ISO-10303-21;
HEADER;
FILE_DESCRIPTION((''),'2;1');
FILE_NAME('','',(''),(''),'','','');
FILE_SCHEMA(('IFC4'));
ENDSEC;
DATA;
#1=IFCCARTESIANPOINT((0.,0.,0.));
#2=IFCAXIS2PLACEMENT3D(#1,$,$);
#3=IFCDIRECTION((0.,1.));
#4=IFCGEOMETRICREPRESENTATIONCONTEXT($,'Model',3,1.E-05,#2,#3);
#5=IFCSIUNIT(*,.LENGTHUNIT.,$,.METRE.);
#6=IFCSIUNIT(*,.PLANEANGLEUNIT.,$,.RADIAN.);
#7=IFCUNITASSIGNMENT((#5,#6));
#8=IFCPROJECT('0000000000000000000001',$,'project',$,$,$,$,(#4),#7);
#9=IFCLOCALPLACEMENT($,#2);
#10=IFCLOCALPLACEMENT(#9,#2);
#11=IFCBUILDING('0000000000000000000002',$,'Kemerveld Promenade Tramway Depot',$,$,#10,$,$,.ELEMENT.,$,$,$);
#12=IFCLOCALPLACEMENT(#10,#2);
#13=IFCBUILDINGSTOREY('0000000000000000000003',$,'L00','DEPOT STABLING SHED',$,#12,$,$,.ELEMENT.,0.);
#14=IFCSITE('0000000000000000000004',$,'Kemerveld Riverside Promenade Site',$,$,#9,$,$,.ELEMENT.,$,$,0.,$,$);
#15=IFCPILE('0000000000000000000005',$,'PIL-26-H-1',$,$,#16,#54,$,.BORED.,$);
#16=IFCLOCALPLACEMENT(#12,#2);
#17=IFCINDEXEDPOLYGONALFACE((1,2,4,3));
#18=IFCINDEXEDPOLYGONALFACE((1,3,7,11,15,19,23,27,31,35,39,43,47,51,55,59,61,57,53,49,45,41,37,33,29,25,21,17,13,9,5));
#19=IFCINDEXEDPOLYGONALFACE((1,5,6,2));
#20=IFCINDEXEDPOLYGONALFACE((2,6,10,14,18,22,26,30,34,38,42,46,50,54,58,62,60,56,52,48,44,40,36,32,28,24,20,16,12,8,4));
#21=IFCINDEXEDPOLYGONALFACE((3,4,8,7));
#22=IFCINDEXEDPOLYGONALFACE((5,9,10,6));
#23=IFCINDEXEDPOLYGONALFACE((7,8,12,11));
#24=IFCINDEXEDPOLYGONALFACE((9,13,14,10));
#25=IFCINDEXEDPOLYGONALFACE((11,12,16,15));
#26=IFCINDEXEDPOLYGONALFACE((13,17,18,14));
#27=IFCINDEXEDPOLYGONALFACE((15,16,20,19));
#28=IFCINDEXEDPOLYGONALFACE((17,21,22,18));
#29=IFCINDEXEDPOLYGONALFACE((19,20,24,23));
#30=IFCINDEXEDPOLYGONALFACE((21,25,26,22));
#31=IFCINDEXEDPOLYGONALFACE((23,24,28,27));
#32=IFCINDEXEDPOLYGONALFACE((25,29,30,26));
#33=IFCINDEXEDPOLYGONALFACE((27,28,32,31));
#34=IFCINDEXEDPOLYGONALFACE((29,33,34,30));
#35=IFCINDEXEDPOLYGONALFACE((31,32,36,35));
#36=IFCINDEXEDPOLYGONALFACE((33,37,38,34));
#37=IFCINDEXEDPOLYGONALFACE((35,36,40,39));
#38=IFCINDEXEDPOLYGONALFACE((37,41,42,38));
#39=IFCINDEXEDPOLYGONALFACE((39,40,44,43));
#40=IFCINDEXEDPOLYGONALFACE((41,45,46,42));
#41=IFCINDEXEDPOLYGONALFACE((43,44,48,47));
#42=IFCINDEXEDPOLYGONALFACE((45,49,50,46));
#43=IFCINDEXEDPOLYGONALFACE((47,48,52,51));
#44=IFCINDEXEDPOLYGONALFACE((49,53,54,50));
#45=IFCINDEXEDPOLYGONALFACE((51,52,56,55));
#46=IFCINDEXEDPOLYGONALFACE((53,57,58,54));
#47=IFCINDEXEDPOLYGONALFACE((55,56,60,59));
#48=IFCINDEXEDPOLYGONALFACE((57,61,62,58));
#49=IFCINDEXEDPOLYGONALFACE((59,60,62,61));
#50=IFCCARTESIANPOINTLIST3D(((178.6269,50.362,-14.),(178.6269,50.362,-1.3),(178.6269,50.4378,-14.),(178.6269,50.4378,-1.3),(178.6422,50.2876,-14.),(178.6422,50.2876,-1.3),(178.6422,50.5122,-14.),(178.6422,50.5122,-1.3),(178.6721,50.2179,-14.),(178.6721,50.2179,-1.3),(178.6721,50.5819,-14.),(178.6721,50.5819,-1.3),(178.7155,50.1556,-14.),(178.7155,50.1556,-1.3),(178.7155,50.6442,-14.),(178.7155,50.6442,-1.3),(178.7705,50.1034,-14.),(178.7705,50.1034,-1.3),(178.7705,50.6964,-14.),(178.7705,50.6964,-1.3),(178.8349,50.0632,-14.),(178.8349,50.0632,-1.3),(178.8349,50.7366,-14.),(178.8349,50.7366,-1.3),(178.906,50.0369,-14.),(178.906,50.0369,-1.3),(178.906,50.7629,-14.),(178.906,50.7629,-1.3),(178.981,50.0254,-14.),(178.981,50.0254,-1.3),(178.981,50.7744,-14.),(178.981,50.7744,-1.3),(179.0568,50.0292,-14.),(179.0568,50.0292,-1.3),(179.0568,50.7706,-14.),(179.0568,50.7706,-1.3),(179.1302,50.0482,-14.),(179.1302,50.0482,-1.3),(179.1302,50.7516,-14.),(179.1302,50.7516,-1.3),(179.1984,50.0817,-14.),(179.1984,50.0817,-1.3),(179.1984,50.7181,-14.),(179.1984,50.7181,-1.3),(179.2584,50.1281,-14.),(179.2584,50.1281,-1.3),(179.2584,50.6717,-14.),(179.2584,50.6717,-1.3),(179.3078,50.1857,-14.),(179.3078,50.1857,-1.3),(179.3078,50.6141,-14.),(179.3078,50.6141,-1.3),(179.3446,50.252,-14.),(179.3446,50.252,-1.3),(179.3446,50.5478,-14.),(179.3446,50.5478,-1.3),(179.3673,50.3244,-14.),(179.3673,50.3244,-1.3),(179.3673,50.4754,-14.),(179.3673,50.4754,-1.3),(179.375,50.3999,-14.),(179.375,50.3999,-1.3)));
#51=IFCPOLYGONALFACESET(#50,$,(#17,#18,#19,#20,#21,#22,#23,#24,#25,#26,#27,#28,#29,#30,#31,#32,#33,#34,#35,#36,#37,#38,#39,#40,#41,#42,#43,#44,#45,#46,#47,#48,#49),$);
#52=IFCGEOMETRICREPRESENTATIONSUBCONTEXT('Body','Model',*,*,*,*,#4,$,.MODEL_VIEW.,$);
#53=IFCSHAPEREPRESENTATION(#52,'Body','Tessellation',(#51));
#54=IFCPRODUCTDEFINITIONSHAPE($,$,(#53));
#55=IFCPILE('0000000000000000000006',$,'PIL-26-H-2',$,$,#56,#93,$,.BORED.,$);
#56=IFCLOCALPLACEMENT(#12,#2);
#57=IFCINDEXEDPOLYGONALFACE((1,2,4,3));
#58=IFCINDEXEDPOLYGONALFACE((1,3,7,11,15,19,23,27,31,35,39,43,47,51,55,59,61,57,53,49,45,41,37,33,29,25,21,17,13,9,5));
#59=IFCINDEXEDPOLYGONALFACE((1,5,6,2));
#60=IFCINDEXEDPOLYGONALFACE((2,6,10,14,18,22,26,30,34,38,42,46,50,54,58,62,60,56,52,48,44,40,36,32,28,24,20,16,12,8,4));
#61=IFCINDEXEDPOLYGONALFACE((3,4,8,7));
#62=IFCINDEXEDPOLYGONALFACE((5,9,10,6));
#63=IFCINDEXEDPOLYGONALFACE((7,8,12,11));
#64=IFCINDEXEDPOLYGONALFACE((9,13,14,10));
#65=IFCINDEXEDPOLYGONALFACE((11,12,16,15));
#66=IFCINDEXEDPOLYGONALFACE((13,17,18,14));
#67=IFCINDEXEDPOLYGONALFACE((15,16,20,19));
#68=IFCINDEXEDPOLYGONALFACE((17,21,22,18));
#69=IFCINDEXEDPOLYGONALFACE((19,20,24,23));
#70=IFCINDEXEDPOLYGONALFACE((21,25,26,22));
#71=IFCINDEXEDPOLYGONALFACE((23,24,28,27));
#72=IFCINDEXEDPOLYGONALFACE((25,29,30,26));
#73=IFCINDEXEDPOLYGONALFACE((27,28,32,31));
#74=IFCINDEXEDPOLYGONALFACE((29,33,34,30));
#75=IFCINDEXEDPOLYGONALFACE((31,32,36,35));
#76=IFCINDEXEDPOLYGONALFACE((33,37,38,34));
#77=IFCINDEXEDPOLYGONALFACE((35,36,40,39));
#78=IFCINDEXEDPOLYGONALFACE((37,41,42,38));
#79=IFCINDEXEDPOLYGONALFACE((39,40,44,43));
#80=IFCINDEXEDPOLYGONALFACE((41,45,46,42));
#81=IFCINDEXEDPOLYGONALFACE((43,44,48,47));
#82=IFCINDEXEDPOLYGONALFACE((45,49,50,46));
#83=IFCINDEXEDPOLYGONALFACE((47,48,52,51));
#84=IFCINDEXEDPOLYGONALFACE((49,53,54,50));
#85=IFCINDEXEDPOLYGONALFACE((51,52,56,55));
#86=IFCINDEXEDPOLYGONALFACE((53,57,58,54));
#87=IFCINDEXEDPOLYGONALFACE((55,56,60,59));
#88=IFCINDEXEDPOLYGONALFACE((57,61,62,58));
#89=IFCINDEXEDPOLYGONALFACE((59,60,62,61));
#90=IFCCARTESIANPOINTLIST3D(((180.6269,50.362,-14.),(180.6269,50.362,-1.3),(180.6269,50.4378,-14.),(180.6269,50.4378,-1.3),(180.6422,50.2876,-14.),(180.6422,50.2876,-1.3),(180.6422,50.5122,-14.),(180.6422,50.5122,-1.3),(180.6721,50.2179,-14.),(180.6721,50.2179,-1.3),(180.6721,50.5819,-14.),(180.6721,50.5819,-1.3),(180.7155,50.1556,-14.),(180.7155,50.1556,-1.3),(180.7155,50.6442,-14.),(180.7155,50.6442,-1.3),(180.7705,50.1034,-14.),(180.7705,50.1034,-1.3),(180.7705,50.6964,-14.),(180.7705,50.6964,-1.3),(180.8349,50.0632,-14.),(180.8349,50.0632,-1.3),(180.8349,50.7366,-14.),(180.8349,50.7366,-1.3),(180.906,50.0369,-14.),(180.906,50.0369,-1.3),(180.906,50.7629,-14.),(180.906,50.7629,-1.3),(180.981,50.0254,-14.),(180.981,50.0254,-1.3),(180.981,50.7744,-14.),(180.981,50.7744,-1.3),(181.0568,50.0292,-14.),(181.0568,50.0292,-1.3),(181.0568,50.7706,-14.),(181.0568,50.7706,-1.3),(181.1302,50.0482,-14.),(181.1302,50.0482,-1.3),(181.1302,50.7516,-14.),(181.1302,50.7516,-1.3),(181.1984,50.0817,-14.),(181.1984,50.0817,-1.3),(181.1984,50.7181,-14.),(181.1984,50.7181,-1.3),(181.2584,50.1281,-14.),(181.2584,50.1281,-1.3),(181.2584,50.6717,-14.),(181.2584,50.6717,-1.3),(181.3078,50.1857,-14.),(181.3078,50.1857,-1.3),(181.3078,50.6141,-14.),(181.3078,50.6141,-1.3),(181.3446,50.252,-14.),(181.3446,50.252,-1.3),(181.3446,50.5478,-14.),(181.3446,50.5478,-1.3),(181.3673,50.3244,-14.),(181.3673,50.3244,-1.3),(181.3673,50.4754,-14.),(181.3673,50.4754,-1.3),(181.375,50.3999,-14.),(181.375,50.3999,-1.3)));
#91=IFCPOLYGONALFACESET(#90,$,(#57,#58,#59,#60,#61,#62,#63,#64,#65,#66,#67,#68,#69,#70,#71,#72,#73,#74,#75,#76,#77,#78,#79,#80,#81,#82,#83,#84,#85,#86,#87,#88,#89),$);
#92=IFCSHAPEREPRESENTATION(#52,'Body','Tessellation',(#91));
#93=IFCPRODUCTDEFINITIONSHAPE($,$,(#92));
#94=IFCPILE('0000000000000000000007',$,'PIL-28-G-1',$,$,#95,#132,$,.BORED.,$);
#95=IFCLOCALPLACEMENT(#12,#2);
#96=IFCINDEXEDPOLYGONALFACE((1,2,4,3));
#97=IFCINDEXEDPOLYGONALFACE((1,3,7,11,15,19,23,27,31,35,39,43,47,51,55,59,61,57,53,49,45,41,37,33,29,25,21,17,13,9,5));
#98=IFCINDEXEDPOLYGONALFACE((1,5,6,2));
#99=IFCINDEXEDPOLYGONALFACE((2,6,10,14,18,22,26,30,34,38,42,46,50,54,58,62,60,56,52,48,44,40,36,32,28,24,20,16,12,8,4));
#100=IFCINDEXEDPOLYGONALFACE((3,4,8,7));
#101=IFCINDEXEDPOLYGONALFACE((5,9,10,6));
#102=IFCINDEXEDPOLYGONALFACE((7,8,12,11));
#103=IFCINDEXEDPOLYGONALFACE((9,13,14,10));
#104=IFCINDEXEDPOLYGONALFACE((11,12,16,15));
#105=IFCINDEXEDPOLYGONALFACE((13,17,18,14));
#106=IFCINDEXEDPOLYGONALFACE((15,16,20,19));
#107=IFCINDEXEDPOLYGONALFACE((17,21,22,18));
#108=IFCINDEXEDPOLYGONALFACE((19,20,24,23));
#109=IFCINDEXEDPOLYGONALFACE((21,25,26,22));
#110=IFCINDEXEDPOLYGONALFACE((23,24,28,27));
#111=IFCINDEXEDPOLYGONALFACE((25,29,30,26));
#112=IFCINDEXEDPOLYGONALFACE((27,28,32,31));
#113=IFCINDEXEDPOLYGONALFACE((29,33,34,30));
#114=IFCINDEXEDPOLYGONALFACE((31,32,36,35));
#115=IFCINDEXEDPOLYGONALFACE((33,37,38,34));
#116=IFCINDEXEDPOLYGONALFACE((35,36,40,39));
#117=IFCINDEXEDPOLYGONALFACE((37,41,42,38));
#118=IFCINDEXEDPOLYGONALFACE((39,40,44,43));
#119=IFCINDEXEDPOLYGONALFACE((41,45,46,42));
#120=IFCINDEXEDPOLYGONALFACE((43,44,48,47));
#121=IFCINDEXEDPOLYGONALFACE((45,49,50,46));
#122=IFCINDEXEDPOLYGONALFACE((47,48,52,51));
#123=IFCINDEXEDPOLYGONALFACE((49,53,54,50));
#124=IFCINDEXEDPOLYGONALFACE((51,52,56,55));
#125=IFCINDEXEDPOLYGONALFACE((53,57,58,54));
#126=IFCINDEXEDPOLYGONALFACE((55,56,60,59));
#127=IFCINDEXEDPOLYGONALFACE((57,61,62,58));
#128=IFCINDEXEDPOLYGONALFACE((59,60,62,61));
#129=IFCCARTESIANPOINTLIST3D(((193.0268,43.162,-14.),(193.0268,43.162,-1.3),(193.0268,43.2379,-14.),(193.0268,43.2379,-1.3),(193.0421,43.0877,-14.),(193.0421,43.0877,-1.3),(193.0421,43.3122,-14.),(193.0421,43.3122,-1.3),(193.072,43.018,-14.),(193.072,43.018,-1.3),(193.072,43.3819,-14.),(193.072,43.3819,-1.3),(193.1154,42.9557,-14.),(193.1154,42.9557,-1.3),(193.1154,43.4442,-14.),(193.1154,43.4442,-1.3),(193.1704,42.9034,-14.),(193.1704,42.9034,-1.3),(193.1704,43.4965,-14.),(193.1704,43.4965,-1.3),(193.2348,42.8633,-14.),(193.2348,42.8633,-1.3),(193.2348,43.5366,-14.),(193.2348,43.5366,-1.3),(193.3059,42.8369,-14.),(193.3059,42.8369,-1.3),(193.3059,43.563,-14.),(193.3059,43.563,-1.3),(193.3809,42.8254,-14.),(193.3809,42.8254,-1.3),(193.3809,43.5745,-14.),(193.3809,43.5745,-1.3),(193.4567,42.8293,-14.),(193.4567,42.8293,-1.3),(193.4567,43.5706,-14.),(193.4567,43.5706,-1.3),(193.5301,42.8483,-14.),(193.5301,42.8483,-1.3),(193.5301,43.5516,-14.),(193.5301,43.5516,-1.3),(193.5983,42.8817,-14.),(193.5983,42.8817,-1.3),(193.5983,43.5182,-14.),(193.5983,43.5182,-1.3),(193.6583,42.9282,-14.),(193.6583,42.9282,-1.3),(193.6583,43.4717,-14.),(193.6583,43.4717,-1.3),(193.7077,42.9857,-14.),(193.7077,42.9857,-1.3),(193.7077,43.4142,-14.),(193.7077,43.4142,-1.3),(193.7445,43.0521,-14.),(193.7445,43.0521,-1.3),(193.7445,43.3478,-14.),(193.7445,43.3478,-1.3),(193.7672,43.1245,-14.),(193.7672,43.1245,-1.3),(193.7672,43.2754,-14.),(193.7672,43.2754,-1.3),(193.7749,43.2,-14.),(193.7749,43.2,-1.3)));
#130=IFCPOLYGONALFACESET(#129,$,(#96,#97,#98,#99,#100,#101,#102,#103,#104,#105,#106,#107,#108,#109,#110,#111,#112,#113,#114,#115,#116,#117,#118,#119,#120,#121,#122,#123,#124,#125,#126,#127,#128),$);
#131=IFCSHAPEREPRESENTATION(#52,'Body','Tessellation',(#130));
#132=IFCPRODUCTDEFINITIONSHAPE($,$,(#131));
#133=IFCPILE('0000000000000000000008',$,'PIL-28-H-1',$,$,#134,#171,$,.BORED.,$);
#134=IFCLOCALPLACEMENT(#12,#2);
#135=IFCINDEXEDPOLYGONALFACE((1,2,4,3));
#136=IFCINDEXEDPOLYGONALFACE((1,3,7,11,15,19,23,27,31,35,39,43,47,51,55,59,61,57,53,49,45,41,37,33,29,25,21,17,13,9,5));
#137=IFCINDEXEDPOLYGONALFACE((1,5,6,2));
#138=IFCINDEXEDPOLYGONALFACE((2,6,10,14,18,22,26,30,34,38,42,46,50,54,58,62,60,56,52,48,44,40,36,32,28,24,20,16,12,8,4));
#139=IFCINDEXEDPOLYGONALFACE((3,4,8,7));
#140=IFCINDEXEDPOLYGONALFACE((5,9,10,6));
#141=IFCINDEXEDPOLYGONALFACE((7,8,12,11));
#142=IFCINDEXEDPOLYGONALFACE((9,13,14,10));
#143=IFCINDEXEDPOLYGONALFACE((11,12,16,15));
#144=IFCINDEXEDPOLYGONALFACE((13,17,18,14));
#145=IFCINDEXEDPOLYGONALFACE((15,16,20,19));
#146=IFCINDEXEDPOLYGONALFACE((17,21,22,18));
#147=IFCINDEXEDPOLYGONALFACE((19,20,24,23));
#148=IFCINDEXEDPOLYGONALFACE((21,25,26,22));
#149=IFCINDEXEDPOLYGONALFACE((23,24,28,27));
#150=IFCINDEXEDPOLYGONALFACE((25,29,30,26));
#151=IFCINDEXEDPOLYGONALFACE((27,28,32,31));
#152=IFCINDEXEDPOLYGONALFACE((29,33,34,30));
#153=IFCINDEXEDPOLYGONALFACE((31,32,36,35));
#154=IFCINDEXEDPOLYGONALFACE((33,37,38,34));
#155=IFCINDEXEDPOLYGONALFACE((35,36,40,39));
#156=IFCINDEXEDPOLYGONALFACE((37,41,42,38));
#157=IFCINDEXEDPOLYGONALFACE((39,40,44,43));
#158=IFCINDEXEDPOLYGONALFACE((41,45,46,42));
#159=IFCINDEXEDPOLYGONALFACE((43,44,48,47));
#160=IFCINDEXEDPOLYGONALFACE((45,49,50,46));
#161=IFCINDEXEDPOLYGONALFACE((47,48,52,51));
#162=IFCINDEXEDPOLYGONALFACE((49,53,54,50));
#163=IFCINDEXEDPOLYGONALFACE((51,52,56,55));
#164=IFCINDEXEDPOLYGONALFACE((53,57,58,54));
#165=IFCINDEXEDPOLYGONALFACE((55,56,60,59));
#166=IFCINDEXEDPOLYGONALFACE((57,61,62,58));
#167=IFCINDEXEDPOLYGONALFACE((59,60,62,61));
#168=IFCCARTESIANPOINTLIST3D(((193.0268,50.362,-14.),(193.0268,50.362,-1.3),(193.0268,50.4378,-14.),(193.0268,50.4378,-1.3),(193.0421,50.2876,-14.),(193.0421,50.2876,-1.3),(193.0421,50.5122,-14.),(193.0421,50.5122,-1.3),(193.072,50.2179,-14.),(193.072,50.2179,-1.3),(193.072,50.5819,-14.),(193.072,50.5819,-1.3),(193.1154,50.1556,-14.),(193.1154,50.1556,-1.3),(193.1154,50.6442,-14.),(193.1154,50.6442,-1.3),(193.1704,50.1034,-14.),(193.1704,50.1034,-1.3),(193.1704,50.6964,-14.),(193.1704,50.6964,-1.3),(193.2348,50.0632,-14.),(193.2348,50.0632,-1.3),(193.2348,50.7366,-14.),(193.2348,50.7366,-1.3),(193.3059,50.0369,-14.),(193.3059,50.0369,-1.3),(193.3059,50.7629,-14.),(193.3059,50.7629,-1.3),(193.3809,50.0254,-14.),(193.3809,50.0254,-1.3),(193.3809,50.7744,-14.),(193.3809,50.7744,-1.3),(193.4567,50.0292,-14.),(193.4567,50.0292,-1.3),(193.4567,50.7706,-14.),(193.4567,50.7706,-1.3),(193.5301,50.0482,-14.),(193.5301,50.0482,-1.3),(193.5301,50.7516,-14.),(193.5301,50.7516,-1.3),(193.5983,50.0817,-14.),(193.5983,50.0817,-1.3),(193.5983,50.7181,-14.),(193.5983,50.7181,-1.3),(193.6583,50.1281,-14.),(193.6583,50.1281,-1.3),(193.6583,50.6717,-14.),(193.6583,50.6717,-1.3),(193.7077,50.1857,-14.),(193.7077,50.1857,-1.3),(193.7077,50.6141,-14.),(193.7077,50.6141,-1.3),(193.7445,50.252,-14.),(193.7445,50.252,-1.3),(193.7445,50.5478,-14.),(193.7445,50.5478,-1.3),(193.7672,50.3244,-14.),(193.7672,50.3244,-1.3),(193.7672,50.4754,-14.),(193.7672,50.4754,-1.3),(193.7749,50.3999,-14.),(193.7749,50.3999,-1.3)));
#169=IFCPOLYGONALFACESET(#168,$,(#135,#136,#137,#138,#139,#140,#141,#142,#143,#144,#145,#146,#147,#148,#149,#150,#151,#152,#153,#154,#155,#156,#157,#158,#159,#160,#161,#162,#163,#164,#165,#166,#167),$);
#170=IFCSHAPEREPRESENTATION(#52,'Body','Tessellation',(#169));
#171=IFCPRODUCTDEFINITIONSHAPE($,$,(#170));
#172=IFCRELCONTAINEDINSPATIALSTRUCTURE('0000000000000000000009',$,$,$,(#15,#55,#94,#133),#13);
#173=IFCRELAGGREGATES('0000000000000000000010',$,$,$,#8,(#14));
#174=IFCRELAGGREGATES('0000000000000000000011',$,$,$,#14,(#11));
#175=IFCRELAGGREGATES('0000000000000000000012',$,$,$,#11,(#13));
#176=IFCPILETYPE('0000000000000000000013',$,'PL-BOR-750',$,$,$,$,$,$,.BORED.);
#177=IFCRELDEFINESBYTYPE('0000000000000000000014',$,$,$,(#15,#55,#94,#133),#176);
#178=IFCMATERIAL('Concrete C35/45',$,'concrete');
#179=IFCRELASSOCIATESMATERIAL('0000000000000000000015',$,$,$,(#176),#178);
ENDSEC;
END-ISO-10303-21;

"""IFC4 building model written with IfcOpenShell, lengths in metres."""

from ifc_helpers import new_model, si_unit, direction, frame, origin, origin_2d, place, context, subcontext, project, spatial, circle, extrude, material, material_profile, profile_set, type_object, element, save


model = new_model("IFC4")

# Units and contexts
model_context = context("Model", 3, precision=1e-05, world=origin(), true_north=direction((0.0, 1.0)))
body_context = subcontext(model_context, "Body", "Model", "MODEL_VIEW")
ifc_project = project(units=[si_unit("LENGTHUNIT", "METRE"), si_unit("PLANEANGLEUNIT", "RADIAN")], contexts=[model_context])

# Site, building, storey
site_placement = place(None, origin())
site = spatial("IfcSite", under=ifc_project, at=site_placement, Name="Kemerveld Riverside Promenade Site", CompositionType="ELEMENT", RefElevation=0.0)
building_placement = place(site_placement, origin())
building = spatial("IfcBuilding", under=site, at=building_placement, Name="Kemerveld Promenade Tramway Depot", CompositionType="ELEMENT")
storey_placement = place(building_placement, origin())
storey = spatial("IfcBuildingStorey", under=building, at=storey_placement, Name="L00", Description="DEPOT STABLING SHED", CompositionType="ELEMENT", Elevation=0.0)

# Shared definitions
ifc_material_1 = material(Name="Concrete C35/45", Category="concrete")

# Piles
ifc_material_profile_1 = material_profile(ifc_material_1, circle(Radius=0.375, at=origin_2d()), Name="PILE-D750")
ifc_profile_set_1 = profile_set([ifc_material_profile_1], Name="Concrete C35/45")
pile_type_1 = type_object("IfcPileType", Name="PL-BOR-750", PredefinedType="BORED", material=ifc_profile_set_1)
for number, where, z_axis, x_axis, name in (
    (1, (179.0, 50.3999, -1.3), (0.0, 0.0, -1.0), (1.0, 0.0, 0.0), "PIL-26-H-1"),
    (2, (181.0, 50.3999, -1.3), (0.0, 0.0, -1.0), (1.0, 0.0, 0.0), "PIL-26-H-2"),
    (3, (193.3999, 43.2, -1.3), (0.0, 0.0, -1.0), (1.0, 0.0, 0.0), "PIL-28-G-1"),
    (4, (193.3999, 50.3999, -1.3), (0.0, 0.0, -1.0), (1.0, 0.0, 0.0), "PIL-28-H-1"),
):
    element("IfcPile", number, at=place(storey_placement, frame(where, z_axis=z_axis, x_axis=x_axis)), inside=storey, type_object=pile_type_1, Name=name, PredefinedType="BORED", context=body_context, shape_type="SweptSolid", body=[
        extrude(circle(Radius=0.375, at=origin_2d()), origin(), (0.0, 0.0, 1.0), 12.7),
    ])

save(model, "model.ifc")
